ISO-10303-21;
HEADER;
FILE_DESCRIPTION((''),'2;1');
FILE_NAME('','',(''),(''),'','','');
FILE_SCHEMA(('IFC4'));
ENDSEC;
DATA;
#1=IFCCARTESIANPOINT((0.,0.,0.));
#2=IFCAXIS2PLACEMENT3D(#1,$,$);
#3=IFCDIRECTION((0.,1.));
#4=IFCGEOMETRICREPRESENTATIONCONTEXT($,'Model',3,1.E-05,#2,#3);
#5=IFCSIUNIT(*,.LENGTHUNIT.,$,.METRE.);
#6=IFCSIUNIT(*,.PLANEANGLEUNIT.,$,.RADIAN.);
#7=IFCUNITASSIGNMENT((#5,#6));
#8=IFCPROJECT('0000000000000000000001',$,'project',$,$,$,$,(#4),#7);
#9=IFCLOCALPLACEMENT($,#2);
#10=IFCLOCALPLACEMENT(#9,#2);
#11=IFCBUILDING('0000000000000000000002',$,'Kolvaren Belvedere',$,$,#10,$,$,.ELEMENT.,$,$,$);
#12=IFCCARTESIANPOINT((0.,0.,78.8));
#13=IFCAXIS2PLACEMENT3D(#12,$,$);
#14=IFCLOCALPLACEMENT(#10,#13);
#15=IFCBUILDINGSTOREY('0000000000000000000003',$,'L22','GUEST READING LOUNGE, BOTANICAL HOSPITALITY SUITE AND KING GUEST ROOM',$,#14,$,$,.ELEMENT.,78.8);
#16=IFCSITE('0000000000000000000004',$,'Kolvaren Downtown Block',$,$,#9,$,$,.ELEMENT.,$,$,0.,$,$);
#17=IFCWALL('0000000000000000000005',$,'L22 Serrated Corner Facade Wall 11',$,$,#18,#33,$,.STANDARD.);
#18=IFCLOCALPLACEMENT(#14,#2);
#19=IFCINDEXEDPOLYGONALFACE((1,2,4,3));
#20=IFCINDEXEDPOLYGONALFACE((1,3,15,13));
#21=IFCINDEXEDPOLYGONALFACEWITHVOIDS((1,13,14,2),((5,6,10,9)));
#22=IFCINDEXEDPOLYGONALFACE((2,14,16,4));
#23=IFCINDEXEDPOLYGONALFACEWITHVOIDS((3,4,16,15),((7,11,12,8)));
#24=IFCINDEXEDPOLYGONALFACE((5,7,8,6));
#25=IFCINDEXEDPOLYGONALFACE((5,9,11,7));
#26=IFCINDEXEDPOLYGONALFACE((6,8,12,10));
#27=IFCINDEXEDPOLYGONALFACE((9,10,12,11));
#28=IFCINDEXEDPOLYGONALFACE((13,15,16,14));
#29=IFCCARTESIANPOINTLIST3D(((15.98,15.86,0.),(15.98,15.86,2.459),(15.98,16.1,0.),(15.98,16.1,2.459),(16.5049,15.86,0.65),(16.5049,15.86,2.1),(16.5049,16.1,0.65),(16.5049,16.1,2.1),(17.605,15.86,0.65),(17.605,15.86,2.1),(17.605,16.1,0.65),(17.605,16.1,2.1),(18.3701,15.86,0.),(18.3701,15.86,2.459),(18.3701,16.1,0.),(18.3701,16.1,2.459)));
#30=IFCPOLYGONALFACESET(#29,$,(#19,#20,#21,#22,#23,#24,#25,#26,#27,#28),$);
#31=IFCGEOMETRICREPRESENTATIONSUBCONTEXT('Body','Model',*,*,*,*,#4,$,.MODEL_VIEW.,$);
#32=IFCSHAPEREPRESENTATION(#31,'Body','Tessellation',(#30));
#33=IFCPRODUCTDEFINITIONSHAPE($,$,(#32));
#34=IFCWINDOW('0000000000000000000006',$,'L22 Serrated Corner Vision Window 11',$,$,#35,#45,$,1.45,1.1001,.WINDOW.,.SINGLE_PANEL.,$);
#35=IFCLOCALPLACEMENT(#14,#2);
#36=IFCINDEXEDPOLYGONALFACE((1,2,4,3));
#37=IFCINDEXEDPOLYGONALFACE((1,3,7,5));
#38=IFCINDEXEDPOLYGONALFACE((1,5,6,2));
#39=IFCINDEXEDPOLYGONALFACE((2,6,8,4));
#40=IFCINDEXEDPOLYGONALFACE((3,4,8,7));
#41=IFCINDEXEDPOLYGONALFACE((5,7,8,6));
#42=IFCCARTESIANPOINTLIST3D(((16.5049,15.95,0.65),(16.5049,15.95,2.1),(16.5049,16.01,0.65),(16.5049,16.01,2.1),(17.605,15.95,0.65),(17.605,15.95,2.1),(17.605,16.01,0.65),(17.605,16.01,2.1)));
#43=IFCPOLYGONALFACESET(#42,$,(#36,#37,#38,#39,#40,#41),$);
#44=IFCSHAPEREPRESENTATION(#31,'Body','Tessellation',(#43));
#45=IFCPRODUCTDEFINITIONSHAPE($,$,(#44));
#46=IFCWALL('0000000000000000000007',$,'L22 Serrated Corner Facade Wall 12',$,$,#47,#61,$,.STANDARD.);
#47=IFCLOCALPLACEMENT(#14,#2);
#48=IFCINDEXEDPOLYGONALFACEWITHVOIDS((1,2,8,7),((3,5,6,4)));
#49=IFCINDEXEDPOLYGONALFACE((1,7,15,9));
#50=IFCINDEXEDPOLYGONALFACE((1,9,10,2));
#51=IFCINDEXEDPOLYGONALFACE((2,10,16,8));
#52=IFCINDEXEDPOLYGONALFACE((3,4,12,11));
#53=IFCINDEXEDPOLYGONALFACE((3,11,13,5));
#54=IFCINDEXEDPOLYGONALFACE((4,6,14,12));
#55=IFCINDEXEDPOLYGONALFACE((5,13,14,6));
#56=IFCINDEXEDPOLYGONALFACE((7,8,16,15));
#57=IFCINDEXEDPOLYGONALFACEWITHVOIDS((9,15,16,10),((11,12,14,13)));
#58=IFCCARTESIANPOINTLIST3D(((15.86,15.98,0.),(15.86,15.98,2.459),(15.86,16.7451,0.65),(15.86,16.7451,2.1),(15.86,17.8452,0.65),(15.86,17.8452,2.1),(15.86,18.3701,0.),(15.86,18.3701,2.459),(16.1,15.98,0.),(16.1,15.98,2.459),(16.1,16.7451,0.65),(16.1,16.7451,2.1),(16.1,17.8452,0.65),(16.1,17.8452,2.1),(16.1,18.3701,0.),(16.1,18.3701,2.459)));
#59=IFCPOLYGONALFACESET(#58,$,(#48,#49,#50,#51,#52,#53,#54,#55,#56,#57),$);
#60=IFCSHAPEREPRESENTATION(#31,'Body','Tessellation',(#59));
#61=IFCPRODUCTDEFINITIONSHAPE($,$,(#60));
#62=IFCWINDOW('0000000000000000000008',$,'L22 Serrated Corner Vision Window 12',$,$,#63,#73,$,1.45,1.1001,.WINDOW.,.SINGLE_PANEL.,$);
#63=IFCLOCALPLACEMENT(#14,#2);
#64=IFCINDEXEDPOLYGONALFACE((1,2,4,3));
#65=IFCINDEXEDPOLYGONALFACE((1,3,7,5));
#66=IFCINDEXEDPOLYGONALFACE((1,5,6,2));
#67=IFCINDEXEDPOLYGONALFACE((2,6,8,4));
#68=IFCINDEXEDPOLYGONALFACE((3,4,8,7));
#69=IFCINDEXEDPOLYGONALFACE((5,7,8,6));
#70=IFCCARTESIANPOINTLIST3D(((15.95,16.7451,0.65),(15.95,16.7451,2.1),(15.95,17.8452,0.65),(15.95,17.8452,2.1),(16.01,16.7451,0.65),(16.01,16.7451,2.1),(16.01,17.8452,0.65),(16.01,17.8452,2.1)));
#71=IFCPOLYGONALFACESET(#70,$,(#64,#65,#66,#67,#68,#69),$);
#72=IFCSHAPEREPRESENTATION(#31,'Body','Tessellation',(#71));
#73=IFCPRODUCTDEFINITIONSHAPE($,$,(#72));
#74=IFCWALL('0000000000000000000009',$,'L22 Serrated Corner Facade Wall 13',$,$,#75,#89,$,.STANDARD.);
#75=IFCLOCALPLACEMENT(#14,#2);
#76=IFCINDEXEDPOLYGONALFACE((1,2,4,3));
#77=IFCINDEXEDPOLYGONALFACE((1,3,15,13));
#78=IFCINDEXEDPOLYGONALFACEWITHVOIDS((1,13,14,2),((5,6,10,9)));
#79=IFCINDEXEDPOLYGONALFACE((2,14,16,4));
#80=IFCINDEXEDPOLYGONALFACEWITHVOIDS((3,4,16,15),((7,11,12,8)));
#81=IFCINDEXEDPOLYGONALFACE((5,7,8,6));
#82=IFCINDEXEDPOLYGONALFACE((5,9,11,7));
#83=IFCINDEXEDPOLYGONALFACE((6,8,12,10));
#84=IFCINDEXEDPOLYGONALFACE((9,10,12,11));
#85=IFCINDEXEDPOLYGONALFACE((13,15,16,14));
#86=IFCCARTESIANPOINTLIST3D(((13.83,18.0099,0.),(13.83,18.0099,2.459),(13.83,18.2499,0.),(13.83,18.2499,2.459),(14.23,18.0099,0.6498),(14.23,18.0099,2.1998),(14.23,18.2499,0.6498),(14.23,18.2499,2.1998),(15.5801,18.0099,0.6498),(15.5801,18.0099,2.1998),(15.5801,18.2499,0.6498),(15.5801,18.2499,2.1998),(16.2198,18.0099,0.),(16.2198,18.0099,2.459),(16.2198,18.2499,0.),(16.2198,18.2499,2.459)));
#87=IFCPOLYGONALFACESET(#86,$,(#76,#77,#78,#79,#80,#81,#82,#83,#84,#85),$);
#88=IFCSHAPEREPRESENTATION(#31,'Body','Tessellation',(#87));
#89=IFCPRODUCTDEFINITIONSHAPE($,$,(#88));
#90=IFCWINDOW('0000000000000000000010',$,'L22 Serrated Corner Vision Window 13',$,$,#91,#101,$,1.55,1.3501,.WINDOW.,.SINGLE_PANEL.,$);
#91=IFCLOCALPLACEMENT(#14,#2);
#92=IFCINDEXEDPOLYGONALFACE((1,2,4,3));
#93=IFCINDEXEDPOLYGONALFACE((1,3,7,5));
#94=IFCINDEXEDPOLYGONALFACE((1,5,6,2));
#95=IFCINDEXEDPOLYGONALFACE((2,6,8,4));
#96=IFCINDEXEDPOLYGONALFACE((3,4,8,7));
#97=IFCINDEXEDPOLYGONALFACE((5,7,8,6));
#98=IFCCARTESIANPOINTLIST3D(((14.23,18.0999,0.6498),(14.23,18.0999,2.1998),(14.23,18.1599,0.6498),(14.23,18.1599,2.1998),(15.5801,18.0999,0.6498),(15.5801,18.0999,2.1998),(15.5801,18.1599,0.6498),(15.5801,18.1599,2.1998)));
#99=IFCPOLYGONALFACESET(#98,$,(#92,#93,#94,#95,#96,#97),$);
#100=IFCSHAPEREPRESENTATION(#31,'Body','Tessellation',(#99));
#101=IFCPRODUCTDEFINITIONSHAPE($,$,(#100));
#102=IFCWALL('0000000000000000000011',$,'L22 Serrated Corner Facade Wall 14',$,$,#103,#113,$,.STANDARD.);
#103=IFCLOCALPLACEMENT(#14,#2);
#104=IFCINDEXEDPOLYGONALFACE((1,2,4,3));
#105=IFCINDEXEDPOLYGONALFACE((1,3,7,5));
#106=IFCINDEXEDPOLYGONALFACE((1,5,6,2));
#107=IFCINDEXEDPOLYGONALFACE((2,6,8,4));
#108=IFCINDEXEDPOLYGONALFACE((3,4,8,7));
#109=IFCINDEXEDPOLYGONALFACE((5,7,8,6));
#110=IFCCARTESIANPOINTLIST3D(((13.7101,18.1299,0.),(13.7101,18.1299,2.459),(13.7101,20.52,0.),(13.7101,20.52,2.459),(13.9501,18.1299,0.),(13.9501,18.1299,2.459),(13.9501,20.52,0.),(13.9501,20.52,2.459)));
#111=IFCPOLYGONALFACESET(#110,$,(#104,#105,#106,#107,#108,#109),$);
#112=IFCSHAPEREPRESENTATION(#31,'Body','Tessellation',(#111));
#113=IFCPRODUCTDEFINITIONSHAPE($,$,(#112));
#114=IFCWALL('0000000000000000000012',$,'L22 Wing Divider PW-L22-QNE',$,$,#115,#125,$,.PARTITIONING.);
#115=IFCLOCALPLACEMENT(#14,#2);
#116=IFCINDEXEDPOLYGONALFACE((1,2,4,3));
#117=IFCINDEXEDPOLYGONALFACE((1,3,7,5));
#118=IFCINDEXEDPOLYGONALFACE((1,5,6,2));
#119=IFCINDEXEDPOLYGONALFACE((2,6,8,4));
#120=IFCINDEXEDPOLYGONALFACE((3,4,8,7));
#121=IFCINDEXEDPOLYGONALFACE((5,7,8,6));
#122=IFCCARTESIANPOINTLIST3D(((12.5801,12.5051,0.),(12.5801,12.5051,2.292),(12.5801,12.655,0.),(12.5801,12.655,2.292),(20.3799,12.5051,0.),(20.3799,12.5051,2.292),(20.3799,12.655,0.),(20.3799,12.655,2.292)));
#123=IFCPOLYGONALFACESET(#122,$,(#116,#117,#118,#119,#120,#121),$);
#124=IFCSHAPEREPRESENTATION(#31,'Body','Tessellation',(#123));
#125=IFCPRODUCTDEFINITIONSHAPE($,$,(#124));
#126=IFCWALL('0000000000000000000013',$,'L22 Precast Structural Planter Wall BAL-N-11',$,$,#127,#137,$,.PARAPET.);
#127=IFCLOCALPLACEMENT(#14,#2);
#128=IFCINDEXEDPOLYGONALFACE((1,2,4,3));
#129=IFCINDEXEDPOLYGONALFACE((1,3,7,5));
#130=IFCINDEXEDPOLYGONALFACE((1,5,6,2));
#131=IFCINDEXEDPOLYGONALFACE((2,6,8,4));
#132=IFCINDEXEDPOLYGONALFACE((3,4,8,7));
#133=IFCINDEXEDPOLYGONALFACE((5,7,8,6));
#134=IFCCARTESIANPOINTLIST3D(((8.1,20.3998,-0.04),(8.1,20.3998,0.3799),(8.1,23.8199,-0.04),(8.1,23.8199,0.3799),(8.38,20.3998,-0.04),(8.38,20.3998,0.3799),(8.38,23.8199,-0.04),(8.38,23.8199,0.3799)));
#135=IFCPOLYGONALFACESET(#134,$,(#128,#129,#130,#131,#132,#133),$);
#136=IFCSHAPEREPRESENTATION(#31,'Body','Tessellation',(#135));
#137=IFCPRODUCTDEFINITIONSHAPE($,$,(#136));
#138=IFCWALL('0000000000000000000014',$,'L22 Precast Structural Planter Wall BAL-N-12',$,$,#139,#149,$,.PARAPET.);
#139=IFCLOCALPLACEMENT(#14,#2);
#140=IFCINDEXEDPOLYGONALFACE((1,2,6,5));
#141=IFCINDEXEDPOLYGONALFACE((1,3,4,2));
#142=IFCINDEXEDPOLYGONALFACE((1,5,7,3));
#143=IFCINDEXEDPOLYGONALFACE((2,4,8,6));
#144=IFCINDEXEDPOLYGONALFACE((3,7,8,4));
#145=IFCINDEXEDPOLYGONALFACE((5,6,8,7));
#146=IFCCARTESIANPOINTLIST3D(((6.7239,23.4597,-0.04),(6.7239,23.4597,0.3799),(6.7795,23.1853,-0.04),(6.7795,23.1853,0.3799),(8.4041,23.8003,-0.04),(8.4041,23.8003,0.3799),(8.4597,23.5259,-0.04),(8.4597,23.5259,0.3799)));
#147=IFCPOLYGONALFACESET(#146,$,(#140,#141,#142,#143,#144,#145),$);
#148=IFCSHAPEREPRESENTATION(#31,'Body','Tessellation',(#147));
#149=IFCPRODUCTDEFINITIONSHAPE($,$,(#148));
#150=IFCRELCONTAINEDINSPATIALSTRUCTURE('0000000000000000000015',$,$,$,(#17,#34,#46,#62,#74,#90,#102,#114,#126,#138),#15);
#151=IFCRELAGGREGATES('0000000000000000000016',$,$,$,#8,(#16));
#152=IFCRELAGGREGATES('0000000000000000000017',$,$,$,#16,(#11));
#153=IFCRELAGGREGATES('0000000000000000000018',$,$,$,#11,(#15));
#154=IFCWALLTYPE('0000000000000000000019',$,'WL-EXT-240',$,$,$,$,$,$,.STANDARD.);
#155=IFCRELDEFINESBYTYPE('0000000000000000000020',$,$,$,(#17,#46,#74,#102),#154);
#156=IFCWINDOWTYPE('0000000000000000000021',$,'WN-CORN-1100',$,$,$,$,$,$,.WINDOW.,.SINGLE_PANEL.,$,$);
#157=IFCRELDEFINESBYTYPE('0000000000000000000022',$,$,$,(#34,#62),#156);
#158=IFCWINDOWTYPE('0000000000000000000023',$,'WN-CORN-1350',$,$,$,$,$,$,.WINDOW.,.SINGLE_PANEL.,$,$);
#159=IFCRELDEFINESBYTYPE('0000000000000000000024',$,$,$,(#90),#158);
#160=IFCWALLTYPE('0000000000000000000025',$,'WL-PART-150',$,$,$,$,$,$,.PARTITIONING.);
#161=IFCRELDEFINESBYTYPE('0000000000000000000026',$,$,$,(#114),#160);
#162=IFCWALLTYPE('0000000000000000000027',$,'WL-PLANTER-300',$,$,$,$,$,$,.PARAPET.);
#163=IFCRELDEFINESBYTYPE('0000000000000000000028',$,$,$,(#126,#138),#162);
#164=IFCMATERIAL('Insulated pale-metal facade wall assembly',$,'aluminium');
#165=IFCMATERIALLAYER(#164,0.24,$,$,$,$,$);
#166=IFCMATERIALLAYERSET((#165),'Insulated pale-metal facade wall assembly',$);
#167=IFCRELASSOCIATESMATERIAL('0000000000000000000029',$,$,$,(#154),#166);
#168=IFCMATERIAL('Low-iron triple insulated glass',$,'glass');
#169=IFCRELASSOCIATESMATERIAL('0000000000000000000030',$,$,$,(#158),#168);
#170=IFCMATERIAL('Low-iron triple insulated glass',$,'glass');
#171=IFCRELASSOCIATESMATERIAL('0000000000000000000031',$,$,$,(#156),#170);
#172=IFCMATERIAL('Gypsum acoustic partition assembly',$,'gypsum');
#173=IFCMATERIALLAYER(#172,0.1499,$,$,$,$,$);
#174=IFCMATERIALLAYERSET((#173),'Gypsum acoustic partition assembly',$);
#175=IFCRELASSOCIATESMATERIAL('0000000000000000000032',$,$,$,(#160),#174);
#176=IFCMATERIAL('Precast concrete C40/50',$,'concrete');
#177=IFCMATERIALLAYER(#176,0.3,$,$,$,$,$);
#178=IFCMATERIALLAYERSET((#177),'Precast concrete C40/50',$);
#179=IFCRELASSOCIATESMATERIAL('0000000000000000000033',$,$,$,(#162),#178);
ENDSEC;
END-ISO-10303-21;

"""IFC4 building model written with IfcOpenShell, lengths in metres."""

from ifc_helpers import new_model, si_unit, direction, frame, frame_2d, origin, place, context, subcontext, project, spatial, rectangle, extrude, material, layer, layer_set, type_object, element, fill, save


model = new_model("IFC4")

# Units and contexts
model_context = context("Model", 3, precision=1e-05, world=origin(), true_north=direction((0.0, 1.0)))
body_context = subcontext(model_context, "Body", "Model", "MODEL_VIEW")
ifc_project = project(units=[si_unit("LENGTHUNIT", "METRE"), si_unit("PLANEANGLEUNIT", "RADIAN")], contexts=[model_context])

# Site, building, storey
site_placement = place(None, origin())
site = spatial("IfcSite", under=ifc_project, at=site_placement, Name="Kolvaren Downtown Block", CompositionType="ELEMENT", RefElevation=0.0)
building_placement = place(site_placement, origin())
building = spatial("IfcBuilding", under=site, at=building_placement, Name="Kolvaren Belvedere", CompositionType="ELEMENT")
storey_placement = place(building_placement, frame((0.0, 0.0, 78.8)))
storey = spatial("IfcBuildingStorey", under=building, at=storey_placement, Name="L22", Description="GUEST READING LOUNGE, BOTANICAL HOSPITALITY SUITE AND KING GUEST ROOM", CompositionType="ELEMENT", Elevation=78.8)

# Shared definitions
ifc_material_1 = material(Name="Insulated pale-metal facade wall assembly", Category="aluminium")
ifc_layer_1 = layer(ifc_material_1, 0.24)
ifc_layer_set_1 = layer_set([ifc_layer_1], Name="Insulated pale-metal facade wall assembly")
wall_type_1 = type_object("IfcWallType", Name="WL-EXT-240", PredefinedType="STANDARD", material=ifc_layer_set_1)

# Walls, openings, windows
ifc_material_2 = material(Name="Low-iron triple insulated glass", Category="glass")
window_type_1 = type_object("IfcWindowType", Name="WN-CORN-1350", PartitioningType="SINGLE_PANEL", PredefinedType="WINDOW", material=ifc_material_2)
wall_1_placement = place(storey_placement, frame((15.98, 15.98, 0.0), z_axis=(0.0, 0.0, 1.0), x_axis=(1.0, 0.0, 0.0)))
wall_1 = element("IfcWall", 1, at=wall_1_placement, inside=storey, type_object=wall_type_1, Name="L22 Serrated Corner Facade Wall 11", PredefinedType="STANDARD", context=body_context, shape_type="SweptSolid", body=[
    extrude(rectangle(XDim=2.3901, YDim=0.24, at=frame_2d((1.1951, 0.0))), origin(), (0.0, 0.0, 1.0), 2.459),
])
opening_1_placement = place(wall_1_placement, frame((0.5249, 0.0, 0.6499)))
opening_1 = element("IfcOpeningElement", 2, at=opening_1_placement, cuts=wall_1, PredefinedType="OPENING", context=body_context, shape_type="SweptSolid", body=[
    extrude(rectangle(XDim=1.1001, YDim=1.45, at=frame_2d((0.55, 0.7251))), frame((0.0, 0.1299, 0.0), z_axis=(0.0, -1.0, 0.0), x_axis=(1.0, 0.0, 0.0)), (0.0, 0.0, 1.0), 0.26),
])
ifc_material_3 = material(Name="Low-iron triple insulated glass", Category="glass")
window_type_2 = type_object("IfcWindowType", Name="WN-CORN-1100", PartitioningType="SINGLE_PANEL", PredefinedType="WINDOW", material=ifc_material_3)
window_1_placement = place(opening_1_placement, origin())
window_1 = element("IfcWindow", 3, at=window_1_placement, inside=storey, type_object=window_type_2, Name="L22 Serrated Corner Vision Window 11", OverallHeight=1.45, OverallWidth=1.1001, PartitioningType="SINGLE_PANEL", PredefinedType="WINDOW", context=body_context, shape_type="SweptSolid", body=[
    extrude(rectangle(XDim=1.1001, YDim=1.45, at=frame_2d((0.55, 0.7251))), frame((0.0, 0.03, 0.0), z_axis=(0.0, -1.0, 0.0), x_axis=(1.0, 0.0, 0.0)), (0.0, 0.0, 1.0), 0.0601),
])
fill(opening_1, window_1)
wall_2_placement = place(storey_placement, frame((15.98, 18.3701, 0.0), z_axis=(0.0, 0.0, 1.0), x_axis=(0.0, -1.0, 0.0)))
wall_2 = element("IfcWall", 4, at=wall_2_placement, inside=storey, type_object=wall_type_1, Name="L22 Serrated Corner Facade Wall 12", PredefinedType="STANDARD", context=body_context, shape_type="SweptSolid", body=[
    extrude(rectangle(XDim=2.3901, YDim=0.24, at=frame_2d((1.1951, 0.0))), origin(), (0.0, 0.0, 1.0), 2.459),
])
opening_2_placement = place(wall_2_placement, frame((0.5249, 0.0, 0.6499)))
opening_2 = element("IfcOpeningElement", 5, at=opening_2_placement, cuts=wall_2, PredefinedType="OPENING", context=body_context, shape_type="SweptSolid", body=[
    extrude(rectangle(XDim=1.1001, YDim=1.45, at=frame_2d((0.55, 0.7251))), frame((0.0, 0.1299, 0.0), z_axis=(0.0, -1.0, 0.0), x_axis=(1.0, 0.0, 0.0)), (0.0, 0.0, 1.0), 0.26),
])
window_2_placement = place(opening_2_placement, origin())
window_2 = element("IfcWindow", 6, at=window_2_placement, inside=storey, type_object=window_type_2, Name="L22 Serrated Corner Vision Window 12", OverallHeight=1.45, OverallWidth=1.1001, PartitioningType="SINGLE_PANEL", PredefinedType="WINDOW", context=body_context, shape_type="SweptSolid", body=[
    extrude(rectangle(XDim=1.1001, YDim=1.45, at=frame_2d((0.55, 0.7251))), frame((0.0, 0.03, 0.0), z_axis=(0.0, -1.0, 0.0), x_axis=(1.0, 0.0, 0.0)), (0.0, 0.0, 1.0), 0.0601),
])
fill(opening_2, window_2)
wall_3_placement = place(storey_placement, frame((13.8301, 18.1299, 0.0), z_axis=(0.0, 0.0, 1.0), x_axis=(1.0, 0.0, 0.0)))
wall_3 = element("IfcWall", 7, at=wall_3_placement, inside=storey, type_object=wall_type_1, Name="L22 Serrated Corner Facade Wall 13", PredefinedType="STANDARD", context=body_context, shape_type="SweptSolid", body=[
    extrude(rectangle(XDim=2.3899, YDim=0.24, at=frame_2d((1.1948, 0.0))), origin(), (0.0, 0.0, 1.0), 2.459),
])
opening_3_placement = place(wall_3_placement, frame((0.3999, 0.0, 0.6499)))
opening_3 = element("IfcOpeningElement", 8, at=opening_3_placement, cuts=wall_3, PredefinedType="OPENING", context=body_context, shape_type="SweptSolid", body=[
    extrude(rectangle(XDim=1.3501, YDim=1.55, at=frame_2d((0.675, 0.7749))), frame((0.0, 0.1299, 0.0), z_axis=(0.0, -1.0, 0.0), x_axis=(1.0, 0.0, 0.0)), (0.0, 0.0, 1.0), 0.26),
])
window_3_placement = place(opening_3_placement, origin())
window_3 = element("IfcWindow", 9, at=window_3_placement, inside=storey, type_object=window_type_1, Name="L22 Serrated Corner Vision Window 13", OverallHeight=1.55, OverallWidth=1.3501, PartitioningType="SINGLE_PANEL", PredefinedType="WINDOW", context=body_context, shape_type="SweptSolid", body=[
    extrude(rectangle(XDim=1.3501, YDim=1.55, at=frame_2d((0.675, 0.7749))), frame((0.0, 0.03, 0.0), z_axis=(0.0, -1.0, 0.0), x_axis=(1.0, 0.0, 0.0)), (0.0, 0.0, 1.0), 0.0601),
])
fill(opening_3, window_3)

# Walls
wall_4_placement = place(storey_placement, frame((13.8301, 20.52, 0.0), z_axis=(0.0, 0.0, 1.0), x_axis=(0.0, -1.0, 0.0)))
element("IfcWall", 10, at=wall_4_placement, inside=storey, type_object=wall_type_1, Name="L22 Serrated Corner Facade Wall 14", PredefinedType="STANDARD", context=body_context, shape_type="SweptSolid", body=[
    extrude(rectangle(XDim=2.3901, YDim=0.24, at=frame_2d((1.1951, 0.0))), origin(), (0.0, 0.0, 1.0), 2.459),
])
ifc_material_4 = material(Name="Gypsum acoustic partition assembly", Category="gypsum")
ifc_layer_2 = layer(ifc_material_4, 0.1499)
ifc_layer_set_2 = layer_set([ifc_layer_2], Name="Gypsum acoustic partition assembly")
wall_type_2 = type_object("IfcWallType", Name="WL-PART-150", PredefinedType="PARTITIONING", material=ifc_layer_set_2)
wall_5_placement = place(storey_placement, frame((12.5801, 12.5801, 0.0), z_axis=(0.0, 0.0, 1.0), x_axis=(1.0, 0.0, 0.0)))
element("IfcWall", 11, at=wall_5_placement, inside=storey, type_object=wall_type_2, Name="L22 Wing Divider PW-L22-QNE", PredefinedType="PARTITIONING", context=body_context, shape_type="SweptSolid", body=[
    extrude(rectangle(XDim=7.7998, YDim=0.1499, at=frame_2d((3.8999, 0.0))), origin(), (0.0, 0.0, 1.0), 2.292),
])
ifc_material_5 = material(Name="Precast concrete C40/50", Category="concrete")
ifc_layer_3 = layer(ifc_material_5, 0.3)
ifc_layer_set_3 = layer_set([ifc_layer_3], Name="Precast concrete C40/50")
wall_type_3 = type_object("IfcWallType", Name="WL-PLANTER-300", PredefinedType="PARAPET", material=ifc_layer_set_3)
wall_6_placement = place(storey_placement, frame((8.24, 20.3999, -0.04), z_axis=(0.0, 0.0, 1.0), x_axis=(0.0, 1.0, 0.0)))
element("IfcWall", 12, at=wall_6_placement, inside=storey, type_object=wall_type_3, Name="L22 Precast Structural Planter Wall BAL-N-11", PredefinedType="PARAPET", context=body_context, shape_type="SweptSolid", body=[
    extrude(rectangle(XDim=3.4202, YDim=0.28, at=frame_2d((1.71, 0.0))), origin(), (0.0, 0.0, 1.0), 0.4199),
])
wall_7_placement = place(storey_placement, frame((8.4319, 23.6631, -0.04), z_axis=(0.0, 0.0, 1.0), x_axis=(-0.980068, -0.198662, 0.0)))
element("IfcWall", 13, at=wall_7_placement, inside=storey, type_object=wall_type_3, Name="L22 Precast Structural Planter Wall BAL-N-12", PredefinedType="PARAPET", context=body_context, shape_type="SweptSolid", body=[
    extrude(rectangle(XDim=1.7144, YDim=0.28, at=frame_2d((0.8572, 0.0))), origin(), (0.0, 0.0, 1.0), 0.4199),
])

save(model, "model.ifc")
